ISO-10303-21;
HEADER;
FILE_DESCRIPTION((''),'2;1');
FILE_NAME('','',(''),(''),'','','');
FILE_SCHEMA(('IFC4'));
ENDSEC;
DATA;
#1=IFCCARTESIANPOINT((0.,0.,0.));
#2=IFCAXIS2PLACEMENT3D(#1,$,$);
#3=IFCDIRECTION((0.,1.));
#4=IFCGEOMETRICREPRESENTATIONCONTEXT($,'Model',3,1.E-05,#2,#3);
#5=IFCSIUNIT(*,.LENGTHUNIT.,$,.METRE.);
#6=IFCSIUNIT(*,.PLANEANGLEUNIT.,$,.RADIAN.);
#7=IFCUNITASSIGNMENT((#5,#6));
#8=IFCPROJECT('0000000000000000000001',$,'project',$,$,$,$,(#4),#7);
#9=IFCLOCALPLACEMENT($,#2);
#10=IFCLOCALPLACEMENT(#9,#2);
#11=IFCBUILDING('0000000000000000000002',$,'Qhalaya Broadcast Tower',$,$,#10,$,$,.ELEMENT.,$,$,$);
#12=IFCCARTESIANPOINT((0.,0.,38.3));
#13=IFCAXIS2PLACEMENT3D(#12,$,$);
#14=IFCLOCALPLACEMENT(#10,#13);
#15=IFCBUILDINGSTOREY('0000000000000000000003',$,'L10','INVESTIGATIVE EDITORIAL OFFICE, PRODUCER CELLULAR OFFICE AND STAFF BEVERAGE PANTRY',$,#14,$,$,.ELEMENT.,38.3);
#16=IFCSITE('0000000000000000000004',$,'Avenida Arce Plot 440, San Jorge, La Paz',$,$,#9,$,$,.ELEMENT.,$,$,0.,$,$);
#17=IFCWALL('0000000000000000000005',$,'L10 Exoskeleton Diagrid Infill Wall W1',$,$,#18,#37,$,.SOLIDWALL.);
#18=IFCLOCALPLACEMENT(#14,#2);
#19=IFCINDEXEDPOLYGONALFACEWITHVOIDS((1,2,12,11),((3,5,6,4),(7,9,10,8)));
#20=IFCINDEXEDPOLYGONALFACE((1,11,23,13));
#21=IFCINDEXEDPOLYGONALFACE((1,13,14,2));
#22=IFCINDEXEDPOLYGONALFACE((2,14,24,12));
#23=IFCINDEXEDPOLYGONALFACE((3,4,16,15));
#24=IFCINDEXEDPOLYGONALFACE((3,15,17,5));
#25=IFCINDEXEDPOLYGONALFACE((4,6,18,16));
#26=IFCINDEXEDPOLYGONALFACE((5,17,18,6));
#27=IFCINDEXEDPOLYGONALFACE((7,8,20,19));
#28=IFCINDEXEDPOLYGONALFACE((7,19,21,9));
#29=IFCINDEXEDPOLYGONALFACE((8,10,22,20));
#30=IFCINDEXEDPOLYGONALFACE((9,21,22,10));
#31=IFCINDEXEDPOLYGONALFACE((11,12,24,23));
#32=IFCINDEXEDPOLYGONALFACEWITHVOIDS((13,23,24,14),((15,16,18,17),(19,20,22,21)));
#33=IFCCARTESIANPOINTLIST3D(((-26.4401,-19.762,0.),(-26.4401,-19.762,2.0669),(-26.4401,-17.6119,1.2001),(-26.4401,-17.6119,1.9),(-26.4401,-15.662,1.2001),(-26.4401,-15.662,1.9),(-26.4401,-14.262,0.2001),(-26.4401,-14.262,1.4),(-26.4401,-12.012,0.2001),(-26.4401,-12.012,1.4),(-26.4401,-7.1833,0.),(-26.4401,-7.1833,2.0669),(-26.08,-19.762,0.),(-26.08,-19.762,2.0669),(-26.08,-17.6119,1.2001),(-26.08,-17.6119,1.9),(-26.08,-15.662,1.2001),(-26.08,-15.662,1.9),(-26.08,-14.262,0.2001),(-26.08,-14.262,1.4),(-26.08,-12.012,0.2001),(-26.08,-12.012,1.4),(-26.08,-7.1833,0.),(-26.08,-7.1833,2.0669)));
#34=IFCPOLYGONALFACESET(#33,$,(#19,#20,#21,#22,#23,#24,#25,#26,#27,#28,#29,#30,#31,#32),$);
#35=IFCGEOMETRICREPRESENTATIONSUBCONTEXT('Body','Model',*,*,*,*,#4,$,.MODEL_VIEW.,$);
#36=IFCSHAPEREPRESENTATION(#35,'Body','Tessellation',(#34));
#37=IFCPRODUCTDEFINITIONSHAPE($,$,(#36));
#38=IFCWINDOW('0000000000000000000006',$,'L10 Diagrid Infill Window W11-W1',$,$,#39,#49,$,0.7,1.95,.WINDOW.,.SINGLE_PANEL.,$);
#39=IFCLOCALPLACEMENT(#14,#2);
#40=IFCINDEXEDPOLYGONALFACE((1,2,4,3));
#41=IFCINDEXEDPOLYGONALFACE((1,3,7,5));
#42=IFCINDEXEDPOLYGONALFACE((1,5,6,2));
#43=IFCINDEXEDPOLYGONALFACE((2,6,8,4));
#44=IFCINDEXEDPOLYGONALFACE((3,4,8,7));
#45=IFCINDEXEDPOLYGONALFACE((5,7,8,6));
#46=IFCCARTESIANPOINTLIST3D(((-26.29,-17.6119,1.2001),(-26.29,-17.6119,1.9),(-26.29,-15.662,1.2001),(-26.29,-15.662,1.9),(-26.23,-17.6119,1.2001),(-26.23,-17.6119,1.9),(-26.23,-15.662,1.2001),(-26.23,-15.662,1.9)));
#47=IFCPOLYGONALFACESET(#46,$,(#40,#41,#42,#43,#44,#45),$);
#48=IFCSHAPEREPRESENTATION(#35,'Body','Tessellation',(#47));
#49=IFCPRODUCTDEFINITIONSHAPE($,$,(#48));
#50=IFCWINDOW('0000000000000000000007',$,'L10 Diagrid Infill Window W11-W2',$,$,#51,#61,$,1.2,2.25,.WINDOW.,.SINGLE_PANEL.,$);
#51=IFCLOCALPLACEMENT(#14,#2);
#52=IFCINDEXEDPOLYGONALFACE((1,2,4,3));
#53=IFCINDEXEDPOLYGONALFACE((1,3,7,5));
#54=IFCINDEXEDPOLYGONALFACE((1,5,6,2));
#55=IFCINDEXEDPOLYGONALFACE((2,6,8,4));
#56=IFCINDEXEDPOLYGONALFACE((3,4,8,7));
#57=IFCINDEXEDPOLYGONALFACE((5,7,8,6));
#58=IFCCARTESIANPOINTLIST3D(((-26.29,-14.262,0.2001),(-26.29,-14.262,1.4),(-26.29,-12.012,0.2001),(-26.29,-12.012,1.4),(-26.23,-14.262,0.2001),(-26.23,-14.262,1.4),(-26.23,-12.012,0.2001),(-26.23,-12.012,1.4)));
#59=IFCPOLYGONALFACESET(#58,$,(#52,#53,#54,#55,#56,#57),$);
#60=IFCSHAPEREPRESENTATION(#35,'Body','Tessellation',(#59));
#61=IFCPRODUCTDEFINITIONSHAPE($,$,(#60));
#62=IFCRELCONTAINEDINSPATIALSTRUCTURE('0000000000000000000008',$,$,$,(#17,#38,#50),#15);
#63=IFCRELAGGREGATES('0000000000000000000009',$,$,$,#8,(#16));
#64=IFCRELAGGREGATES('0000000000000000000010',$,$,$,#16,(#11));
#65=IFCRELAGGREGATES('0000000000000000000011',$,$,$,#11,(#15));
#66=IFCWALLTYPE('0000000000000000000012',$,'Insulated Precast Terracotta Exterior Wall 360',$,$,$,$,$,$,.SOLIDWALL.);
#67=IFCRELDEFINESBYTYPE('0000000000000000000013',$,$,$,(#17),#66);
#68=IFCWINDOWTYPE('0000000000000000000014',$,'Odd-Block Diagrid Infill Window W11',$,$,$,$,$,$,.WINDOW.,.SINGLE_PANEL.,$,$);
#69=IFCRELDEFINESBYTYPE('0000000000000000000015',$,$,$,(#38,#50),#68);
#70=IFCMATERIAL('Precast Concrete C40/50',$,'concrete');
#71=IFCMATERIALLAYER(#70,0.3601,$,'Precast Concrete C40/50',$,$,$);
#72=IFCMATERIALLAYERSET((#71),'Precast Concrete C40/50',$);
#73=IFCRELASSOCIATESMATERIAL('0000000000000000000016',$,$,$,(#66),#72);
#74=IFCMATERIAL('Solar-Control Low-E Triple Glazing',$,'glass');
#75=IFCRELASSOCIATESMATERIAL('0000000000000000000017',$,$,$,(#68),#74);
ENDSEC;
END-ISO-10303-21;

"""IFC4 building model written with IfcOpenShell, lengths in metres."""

from ifc_helpers import new_model, si_unit, direction, frame, frame_2d, origin, place, context, subcontext, project, spatial, rectangle, extrude, material, layer, layer_set, type_object, element, fill, save


model = new_model("IFC4")

# Units and contexts
model_context = context("Model", 3, precision=1e-05, world=origin(), true_north=direction((0.0, 1.0)))
body_context = subcontext(model_context, "Body", "Model", "MODEL_VIEW")
ifc_project = project(units=[si_unit("LENGTHUNIT", "METRE"), si_unit("PLANEANGLEUNIT", "RADIAN")], contexts=[model_context])

# Site, building, storey
site_placement = place(None, origin())
site = spatial("IfcSite", under=ifc_project, at=site_placement, Name="Avenida Arce Plot 440, San Jorge, La Paz", CompositionType="ELEMENT", RefElevation=0.0)
building_placement = place(site_placement, origin())
building = spatial("IfcBuilding", under=site, at=building_placement, Name="Qhalaya Broadcast Tower", CompositionType="ELEMENT")
storey_placement = place(building_placement, frame((0.0, 0.0, 38.3)))
storey = spatial("IfcBuildingStorey", under=building, at=storey_placement, Name="L10", Description="INVESTIGATIVE EDITORIAL OFFICE, PRODUCER CELLULAR OFFICE AND STAFF BEVERAGE PANTRY", CompositionType="ELEMENT", Elevation=38.3)

# Wall, openings, windows
ifc_material_1 = material(Name="Precast Concrete C40/50", Category="concrete")
ifc_layer_1 = layer(ifc_material_1, 0.3601, Name="Precast Concrete C40/50")
ifc_layer_set_1 = layer_set([ifc_layer_1], Name="Precast Concrete C40/50")
wall_type = type_object("IfcWallType", Name="Insulated Precast Terracotta Exterior Wall 360", PredefinedType="SOLIDWALL", material=ifc_layer_set_1)
wall_placement = place(storey_placement, frame((-26.26, -19.762, 0.0), z_axis=(0.0, 0.0, 1.0), x_axis=(0.0, 1.0, 0.0)))
wall = element("IfcWall", 1, at=wall_placement, inside=storey, type_object=wall_type, Name="L10 Exoskeleton Diagrid Infill Wall W1", PredefinedType="SOLIDWALL", context=body_context, shape_type="SweptSolid", body=[
    extrude(rectangle(XDim=12.5786, YDim=0.3601, at=frame_2d((6.2893, 0.0))), origin(), (0.0, 0.0, 1.0), 2.0669),
])
opening_1_placement = place(wall_placement, frame((2.1499, 0.0, 1.2)))
opening_1 = element("IfcOpeningElement", 2, at=opening_1_placement, cuts=wall, PredefinedType="OPENING", context=body_context, shape_type="SweptSolid", body=[
    extrude(rectangle(XDim=1.95, YDim=0.7, at=frame_2d((0.9751, 0.3501))), frame((0.0, 0.1921, 0.0), z_axis=(0.0, -1.0, 0.0), x_axis=(1.0, 0.0, 0.0)), (0.0, 0.0, 1.0), 0.384),
])
opening_2_placement = place(wall_placement, frame((5.5, 0.0, 0.2)))
opening_2 = element("IfcOpeningElement", 3, at=opening_2_placement, cuts=wall, PredefinedType="OPENING", context=body_context, shape_type="SweptSolid", body=[
    extrude(rectangle(XDim=2.25, YDim=1.2, at=frame_2d((1.125, 0.6001))), frame((0.0, 0.1921, 0.0), z_axis=(0.0, -1.0, 0.0), x_axis=(1.0, 0.0, 0.0)), (0.0, 0.0, 1.0), 0.384),
])
ifc_material_2 = material(Name="Solar-Control Low-E Triple Glazing", Category="glass")
window_type = type_object("IfcWindowType", Name="Odd-Block Diagrid Infill Window W11", PartitioningType="SINGLE_PANEL", PredefinedType="WINDOW", material=ifc_material_2)
window_1_placement = place(opening_1_placement, origin())
window_1 = element("IfcWindow", 4, at=window_1_placement, inside=storey, type_object=window_type, Name="L10 Diagrid Infill Window W11-W1", OverallHeight=0.7, OverallWidth=1.95, PartitioningType="SINGLE_PANEL", PredefinedType="WINDOW", context=body_context, shape_type="SweptSolid", body=[
    extrude(rectangle(XDim=1.95, YDim=0.7, at=frame_2d((0.9751, 0.3501))), frame((0.0, 0.03, 0.0), z_axis=(0.0, -1.0, 0.0), x_axis=(1.0, 0.0, 0.0)), (0.0, 0.0, 1.0), 0.0601),
])
fill(opening_1, window_1)
window_2_placement = place(opening_2_placement, origin())
window_2 = element("IfcWindow", 5, at=window_2_placement, inside=storey, type_object=window_type, Name="L10 Diagrid Infill Window W11-W2", OverallHeight=1.2, OverallWidth=2.25, PartitioningType="SINGLE_PANEL", PredefinedType="WINDOW", context=body_context, shape_type="SweptSolid", body=[
    extrude(rectangle(XDim=2.25, YDim=1.2, at=frame_2d((1.125, 0.6001))), frame((0.0, 0.03, 0.0), z_axis=(0.0, -1.0, 0.0), x_axis=(1.0, 0.0, 0.0)), (0.0, 0.0, 1.0), 0.0601),
])
fill(opening_2, window_2)

save(model, "model.ifc")
